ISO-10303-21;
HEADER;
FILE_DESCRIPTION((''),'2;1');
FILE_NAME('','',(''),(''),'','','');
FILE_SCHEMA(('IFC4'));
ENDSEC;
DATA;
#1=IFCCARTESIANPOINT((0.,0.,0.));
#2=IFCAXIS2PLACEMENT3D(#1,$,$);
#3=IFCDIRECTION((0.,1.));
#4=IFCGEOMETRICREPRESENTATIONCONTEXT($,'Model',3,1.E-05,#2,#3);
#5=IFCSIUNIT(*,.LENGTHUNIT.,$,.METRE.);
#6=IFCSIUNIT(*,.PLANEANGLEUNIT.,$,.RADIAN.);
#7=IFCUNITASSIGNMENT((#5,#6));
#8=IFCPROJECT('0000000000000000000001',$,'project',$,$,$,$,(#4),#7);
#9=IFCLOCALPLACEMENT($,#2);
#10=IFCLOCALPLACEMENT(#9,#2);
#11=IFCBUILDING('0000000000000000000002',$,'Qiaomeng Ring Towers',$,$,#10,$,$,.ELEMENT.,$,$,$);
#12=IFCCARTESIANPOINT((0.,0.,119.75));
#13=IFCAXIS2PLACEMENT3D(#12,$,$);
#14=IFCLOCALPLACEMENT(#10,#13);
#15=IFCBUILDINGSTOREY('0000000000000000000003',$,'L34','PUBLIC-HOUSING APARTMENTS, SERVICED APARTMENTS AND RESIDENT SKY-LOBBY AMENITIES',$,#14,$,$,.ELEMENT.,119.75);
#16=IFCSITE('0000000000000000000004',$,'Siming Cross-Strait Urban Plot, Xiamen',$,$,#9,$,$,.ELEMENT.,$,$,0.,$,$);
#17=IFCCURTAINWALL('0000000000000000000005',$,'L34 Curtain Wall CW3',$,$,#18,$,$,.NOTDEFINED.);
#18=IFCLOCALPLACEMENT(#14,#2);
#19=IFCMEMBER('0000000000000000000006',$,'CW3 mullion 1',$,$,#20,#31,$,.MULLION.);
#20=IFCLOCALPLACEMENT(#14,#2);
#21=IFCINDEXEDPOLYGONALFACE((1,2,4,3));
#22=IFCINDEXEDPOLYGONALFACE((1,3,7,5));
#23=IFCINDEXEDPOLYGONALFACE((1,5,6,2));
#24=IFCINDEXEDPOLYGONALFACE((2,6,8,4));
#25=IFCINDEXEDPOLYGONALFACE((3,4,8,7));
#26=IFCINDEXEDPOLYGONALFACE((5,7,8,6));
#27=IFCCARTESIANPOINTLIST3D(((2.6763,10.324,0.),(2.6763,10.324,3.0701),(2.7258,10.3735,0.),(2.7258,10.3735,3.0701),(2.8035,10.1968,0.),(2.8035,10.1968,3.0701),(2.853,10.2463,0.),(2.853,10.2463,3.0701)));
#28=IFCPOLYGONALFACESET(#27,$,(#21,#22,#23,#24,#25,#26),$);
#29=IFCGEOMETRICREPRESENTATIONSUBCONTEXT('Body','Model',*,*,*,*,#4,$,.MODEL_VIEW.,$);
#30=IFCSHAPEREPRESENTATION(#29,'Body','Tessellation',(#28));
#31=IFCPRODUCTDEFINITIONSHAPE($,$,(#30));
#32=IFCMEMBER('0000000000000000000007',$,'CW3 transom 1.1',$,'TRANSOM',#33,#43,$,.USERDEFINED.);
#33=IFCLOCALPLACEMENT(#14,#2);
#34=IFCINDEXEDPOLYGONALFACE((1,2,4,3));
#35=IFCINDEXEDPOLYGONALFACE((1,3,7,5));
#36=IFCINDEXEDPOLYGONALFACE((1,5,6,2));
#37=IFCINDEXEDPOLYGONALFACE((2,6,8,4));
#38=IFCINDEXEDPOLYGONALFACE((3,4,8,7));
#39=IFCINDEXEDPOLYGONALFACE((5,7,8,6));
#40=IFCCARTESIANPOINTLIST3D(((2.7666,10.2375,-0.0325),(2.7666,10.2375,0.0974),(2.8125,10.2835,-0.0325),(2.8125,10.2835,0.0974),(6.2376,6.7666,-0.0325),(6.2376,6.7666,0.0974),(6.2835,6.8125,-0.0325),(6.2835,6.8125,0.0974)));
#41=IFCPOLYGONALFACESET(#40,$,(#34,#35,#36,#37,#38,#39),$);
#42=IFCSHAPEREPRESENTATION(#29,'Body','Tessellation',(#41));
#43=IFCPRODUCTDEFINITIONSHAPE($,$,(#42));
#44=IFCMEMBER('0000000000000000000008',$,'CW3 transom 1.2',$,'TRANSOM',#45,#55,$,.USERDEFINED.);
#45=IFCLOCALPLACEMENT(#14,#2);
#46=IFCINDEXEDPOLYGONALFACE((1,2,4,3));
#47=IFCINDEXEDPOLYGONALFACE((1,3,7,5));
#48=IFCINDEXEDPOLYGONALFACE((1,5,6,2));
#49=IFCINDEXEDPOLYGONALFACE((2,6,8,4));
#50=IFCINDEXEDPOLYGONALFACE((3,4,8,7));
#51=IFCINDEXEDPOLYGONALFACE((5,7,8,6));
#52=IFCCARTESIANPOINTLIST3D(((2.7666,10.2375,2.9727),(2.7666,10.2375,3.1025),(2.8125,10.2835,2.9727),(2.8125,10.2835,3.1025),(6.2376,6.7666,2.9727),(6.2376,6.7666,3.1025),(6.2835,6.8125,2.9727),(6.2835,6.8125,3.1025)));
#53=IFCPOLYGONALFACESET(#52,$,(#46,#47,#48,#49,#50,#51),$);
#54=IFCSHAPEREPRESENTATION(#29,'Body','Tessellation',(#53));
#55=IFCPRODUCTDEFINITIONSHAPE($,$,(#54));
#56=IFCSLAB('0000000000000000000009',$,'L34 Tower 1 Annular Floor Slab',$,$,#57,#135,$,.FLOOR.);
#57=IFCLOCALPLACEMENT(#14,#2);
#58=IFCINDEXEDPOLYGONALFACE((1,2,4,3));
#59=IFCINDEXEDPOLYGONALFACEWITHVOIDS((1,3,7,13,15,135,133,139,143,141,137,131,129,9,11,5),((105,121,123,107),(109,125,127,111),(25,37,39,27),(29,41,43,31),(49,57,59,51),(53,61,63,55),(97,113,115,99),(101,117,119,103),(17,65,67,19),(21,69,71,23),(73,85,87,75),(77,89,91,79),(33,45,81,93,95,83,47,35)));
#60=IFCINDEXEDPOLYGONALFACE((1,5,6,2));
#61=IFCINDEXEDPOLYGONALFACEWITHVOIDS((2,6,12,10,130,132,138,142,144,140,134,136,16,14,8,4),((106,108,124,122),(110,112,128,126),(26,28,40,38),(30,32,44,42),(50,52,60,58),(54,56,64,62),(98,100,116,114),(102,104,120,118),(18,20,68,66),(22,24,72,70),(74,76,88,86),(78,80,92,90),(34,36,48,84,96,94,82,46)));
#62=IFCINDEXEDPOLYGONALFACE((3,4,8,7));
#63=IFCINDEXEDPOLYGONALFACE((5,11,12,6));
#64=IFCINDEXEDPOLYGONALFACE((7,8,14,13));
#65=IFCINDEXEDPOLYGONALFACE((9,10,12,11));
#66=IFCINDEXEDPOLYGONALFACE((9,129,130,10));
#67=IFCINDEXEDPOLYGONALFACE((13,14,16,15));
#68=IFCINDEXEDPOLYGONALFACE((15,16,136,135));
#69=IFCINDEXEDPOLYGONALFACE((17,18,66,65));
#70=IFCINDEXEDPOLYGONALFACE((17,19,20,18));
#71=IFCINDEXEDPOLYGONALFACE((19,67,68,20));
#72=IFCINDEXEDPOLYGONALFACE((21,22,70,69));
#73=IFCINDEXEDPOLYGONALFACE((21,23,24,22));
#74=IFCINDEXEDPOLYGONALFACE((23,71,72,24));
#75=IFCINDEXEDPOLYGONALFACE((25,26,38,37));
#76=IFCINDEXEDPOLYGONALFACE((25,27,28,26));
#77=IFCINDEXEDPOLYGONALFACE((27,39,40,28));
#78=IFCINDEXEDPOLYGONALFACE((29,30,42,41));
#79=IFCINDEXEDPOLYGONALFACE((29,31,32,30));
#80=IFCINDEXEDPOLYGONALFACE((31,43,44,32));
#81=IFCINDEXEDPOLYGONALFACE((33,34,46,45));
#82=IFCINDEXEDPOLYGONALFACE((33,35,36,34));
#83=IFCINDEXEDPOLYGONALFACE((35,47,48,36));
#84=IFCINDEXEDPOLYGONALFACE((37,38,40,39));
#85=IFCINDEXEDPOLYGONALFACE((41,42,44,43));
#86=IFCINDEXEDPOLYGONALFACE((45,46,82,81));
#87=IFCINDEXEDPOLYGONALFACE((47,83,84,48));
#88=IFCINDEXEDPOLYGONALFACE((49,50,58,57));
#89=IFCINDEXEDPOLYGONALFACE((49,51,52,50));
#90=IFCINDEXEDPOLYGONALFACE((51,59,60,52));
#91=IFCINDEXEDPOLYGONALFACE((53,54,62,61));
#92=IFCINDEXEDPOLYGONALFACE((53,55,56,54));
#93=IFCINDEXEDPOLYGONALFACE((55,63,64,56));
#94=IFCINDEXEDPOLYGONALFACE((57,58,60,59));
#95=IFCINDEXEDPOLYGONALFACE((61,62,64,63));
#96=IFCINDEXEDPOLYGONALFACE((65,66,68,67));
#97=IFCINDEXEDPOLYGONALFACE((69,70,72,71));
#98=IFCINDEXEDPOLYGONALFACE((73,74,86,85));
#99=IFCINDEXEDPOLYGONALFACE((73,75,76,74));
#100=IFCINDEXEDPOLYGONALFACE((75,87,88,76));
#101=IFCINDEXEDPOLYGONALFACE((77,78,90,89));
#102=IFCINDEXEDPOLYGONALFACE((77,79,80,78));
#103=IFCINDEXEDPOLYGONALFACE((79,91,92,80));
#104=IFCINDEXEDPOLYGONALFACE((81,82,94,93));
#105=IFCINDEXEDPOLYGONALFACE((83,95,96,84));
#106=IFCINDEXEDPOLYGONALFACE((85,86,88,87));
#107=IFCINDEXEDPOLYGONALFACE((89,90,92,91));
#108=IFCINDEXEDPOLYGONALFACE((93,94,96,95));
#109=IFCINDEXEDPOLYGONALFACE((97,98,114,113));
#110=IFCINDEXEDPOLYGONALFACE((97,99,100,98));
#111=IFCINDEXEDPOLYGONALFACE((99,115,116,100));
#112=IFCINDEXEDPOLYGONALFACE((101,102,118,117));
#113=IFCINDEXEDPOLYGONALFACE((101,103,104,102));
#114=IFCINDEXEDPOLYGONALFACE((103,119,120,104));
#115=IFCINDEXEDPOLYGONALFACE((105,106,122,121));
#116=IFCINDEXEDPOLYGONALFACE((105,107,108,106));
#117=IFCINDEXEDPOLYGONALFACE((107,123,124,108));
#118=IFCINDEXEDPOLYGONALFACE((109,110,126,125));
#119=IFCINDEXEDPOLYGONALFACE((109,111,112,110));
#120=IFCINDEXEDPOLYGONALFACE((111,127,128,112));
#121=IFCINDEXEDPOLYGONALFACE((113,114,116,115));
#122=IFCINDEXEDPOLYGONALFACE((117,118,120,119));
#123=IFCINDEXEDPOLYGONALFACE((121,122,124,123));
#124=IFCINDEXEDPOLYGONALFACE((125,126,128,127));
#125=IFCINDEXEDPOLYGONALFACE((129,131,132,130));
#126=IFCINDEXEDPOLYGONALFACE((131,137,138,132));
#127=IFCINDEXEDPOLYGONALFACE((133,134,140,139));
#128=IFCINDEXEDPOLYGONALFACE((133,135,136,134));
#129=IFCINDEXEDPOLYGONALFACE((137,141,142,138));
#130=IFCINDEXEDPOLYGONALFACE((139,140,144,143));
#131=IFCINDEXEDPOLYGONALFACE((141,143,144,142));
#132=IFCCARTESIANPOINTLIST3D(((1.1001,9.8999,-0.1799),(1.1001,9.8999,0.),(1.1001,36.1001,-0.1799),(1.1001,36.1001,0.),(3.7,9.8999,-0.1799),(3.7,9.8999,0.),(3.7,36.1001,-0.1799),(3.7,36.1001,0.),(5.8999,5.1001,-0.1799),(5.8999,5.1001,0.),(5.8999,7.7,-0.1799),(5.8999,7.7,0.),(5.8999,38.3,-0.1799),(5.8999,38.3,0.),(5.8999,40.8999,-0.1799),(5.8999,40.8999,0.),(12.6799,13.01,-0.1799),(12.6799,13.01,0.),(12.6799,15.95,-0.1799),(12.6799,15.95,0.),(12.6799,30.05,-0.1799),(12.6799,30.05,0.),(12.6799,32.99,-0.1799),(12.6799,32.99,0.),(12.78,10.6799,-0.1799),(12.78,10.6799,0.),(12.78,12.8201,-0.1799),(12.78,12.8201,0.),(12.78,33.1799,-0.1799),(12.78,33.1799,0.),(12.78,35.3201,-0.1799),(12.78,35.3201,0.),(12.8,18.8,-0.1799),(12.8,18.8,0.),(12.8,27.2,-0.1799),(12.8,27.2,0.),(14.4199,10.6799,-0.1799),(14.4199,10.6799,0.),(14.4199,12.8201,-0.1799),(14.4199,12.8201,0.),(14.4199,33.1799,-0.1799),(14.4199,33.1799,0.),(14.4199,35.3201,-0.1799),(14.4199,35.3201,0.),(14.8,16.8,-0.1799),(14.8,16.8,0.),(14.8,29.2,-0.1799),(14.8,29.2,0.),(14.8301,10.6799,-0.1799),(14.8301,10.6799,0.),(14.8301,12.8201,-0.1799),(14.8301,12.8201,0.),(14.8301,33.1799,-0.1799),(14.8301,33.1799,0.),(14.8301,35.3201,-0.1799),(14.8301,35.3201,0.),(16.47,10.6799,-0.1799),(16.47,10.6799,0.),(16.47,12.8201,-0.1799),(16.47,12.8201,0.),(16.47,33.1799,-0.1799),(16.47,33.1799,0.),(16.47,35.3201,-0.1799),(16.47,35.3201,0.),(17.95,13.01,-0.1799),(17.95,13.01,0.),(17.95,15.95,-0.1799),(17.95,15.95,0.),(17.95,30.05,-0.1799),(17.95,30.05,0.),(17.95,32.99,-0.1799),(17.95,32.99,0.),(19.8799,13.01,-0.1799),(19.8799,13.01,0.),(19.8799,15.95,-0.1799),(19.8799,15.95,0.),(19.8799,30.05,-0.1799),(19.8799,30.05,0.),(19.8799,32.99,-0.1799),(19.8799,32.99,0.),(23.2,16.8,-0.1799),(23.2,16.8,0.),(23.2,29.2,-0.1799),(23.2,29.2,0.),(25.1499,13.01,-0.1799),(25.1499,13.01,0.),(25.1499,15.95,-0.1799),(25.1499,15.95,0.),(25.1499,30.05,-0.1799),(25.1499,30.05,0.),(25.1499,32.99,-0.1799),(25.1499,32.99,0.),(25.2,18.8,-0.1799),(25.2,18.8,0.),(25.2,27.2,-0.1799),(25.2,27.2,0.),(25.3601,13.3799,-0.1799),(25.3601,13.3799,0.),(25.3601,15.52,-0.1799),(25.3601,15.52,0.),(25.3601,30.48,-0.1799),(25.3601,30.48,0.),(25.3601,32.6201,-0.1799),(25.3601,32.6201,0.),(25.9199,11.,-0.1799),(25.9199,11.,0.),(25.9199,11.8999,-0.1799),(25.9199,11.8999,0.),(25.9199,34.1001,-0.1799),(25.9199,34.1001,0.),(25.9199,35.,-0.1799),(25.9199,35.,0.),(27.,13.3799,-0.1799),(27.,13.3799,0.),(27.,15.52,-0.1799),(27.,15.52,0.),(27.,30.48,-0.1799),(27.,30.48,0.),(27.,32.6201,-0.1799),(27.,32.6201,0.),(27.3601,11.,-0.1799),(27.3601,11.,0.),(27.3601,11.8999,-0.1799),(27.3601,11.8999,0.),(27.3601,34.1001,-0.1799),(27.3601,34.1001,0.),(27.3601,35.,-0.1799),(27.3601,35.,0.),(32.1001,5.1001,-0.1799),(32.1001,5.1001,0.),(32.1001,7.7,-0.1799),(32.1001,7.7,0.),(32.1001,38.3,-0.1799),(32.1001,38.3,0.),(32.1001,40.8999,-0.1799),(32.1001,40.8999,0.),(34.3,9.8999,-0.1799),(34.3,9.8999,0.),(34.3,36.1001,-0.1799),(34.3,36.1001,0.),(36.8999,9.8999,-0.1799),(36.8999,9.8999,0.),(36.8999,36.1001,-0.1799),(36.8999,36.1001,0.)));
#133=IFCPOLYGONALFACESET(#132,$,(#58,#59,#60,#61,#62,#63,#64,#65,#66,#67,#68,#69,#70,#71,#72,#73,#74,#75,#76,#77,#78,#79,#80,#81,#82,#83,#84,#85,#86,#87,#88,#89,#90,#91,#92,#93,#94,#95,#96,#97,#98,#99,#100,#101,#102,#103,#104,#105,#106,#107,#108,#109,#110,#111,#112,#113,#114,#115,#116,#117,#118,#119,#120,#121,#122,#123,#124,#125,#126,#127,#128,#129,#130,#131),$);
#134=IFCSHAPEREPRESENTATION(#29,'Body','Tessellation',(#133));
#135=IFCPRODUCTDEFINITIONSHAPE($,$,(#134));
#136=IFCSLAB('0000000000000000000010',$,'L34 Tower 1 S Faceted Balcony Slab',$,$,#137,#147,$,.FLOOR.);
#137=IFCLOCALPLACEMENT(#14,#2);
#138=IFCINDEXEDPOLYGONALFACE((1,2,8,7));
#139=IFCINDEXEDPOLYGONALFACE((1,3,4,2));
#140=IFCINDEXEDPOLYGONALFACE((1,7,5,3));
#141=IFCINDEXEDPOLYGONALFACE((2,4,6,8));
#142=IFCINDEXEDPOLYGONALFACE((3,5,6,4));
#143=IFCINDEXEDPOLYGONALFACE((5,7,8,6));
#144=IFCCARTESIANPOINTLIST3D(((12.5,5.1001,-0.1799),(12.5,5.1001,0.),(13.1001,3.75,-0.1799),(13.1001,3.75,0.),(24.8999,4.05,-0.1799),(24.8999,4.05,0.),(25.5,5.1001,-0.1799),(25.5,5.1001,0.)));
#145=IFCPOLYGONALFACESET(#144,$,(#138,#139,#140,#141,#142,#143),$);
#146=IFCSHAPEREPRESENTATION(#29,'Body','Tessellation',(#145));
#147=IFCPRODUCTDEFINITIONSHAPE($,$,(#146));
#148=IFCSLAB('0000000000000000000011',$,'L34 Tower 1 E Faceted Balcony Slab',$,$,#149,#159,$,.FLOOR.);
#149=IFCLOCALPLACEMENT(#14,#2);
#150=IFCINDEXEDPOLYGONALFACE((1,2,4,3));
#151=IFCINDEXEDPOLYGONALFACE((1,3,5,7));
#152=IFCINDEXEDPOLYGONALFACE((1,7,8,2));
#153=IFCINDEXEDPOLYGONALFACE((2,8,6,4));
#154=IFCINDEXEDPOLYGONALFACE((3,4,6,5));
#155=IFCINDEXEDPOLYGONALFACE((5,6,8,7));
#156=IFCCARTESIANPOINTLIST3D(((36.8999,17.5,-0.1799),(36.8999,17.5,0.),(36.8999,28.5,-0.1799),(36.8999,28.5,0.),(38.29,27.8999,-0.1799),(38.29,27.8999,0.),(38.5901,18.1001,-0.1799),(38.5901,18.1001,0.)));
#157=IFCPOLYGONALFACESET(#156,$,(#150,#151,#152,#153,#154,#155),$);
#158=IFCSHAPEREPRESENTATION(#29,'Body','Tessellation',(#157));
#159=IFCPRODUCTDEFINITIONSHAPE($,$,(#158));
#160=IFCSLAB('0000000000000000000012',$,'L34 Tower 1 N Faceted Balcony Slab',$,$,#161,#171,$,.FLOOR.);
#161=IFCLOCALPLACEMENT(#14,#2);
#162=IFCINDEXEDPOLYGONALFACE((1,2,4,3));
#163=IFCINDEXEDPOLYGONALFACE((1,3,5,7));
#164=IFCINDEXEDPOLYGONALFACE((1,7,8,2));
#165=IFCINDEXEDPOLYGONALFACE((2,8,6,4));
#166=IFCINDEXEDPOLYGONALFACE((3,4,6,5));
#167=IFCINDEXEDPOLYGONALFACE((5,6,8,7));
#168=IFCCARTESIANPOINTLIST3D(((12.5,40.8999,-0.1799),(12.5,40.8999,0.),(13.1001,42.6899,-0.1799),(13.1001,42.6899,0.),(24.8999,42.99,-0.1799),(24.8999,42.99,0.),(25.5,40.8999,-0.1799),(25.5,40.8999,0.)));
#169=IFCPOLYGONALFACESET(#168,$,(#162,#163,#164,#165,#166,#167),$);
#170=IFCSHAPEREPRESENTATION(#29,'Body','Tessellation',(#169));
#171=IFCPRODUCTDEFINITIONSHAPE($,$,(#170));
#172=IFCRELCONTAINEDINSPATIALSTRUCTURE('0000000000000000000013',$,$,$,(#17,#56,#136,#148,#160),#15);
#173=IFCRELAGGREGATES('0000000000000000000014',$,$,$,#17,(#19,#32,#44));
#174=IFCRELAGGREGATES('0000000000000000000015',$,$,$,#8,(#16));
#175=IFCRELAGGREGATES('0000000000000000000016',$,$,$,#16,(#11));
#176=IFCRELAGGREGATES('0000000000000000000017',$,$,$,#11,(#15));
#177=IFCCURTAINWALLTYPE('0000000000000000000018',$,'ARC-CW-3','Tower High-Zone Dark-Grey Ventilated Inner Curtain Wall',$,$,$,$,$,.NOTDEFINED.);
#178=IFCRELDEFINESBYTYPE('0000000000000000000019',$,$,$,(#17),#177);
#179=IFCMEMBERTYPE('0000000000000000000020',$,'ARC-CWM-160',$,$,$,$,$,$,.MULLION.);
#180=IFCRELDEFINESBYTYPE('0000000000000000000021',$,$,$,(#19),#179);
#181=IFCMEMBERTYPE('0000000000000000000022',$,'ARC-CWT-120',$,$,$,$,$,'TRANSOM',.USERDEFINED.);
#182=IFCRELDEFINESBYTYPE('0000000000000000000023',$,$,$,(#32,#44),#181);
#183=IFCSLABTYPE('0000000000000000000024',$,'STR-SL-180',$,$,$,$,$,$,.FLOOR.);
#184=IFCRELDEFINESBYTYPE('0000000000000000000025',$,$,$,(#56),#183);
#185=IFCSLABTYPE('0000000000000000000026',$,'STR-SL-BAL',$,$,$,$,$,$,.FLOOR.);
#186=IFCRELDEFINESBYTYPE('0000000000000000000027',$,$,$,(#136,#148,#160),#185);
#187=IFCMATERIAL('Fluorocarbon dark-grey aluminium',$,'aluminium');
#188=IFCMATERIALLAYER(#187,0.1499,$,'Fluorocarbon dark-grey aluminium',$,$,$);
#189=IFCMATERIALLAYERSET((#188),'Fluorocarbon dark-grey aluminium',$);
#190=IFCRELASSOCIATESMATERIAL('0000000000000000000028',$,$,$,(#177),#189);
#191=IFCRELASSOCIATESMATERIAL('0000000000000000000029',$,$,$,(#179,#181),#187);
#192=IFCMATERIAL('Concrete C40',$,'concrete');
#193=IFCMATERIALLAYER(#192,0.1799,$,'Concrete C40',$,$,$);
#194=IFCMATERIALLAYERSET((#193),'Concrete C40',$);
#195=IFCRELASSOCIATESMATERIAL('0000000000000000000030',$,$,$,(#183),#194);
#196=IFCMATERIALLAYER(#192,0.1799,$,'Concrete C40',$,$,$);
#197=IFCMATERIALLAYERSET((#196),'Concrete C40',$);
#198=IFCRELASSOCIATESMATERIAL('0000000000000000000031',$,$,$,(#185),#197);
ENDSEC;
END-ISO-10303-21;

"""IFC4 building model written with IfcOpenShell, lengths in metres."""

from ifc_helpers import new_model, si_unit, direction, frame, origin, origin_2d, place, context, subcontext, project, spatial, polyline, rectangle, outline, extrude, source, transform, mapped, material, layer, layer_set, material_profile, profile_set, type_object, element, aggregate, save


model = new_model("IFC4")

# Units and contexts
model_context = context("Model", 3, precision=1e-05, world=origin(), true_north=direction((0.0, 1.0)))
body_context = subcontext(model_context, "Body", "Model", "MODEL_VIEW")
ifc_project = project(units=[si_unit("LENGTHUNIT", "METRE"), si_unit("PLANEANGLEUNIT", "RADIAN")], contexts=[model_context])

# Site, building, storey
site_placement = place(None, origin())
site = spatial("IfcSite", under=ifc_project, at=site_placement, Name="Siming Cross-Strait Urban Plot, Xiamen", CompositionType="ELEMENT", RefElevation=0.0)
building_placement = place(site_placement, origin())
building = spatial("IfcBuilding", under=site, at=building_placement, Name="Qiaomeng Ring Towers", CompositionType="ELEMENT")
storey_placement = place(building_placement, frame((0.0, 0.0, 119.75)))
storey = spatial("IfcBuildingStorey", under=building, at=storey_placement, Name="L34", Description="PUBLIC-HOUSING APARTMENTS, SERVICED APARTMENTS AND RESIDENT SKY-LOBBY AMENITIES", CompositionType="ELEMENT", Elevation=119.75)

# Curtain wall, members
ifc_material_1 = material(Name="Fluorocarbon dark-grey aluminium", Category="aluminium")
ifc_layer_1 = layer(ifc_material_1, 0.1499, Name="Fluorocarbon dark-grey aluminium")
ifc_layer_set_1 = layer_set([ifc_layer_1], Name="Fluorocarbon dark-grey aluminium")
curtain_wall_type = type_object("IfcCurtainWallType", Name="ARC-CW-3", Description="Tower High-Zone Dark-Grey Ventilated Inner Curtain Wall", PredefinedType="NOTDEFINED", material=ifc_layer_set_1)
curtain_wall_placement = place(storey_placement, origin())
curtain_wall = element("IfcCurtainWall", 1, at=curtain_wall_placement, inside=storey, type_object=curtain_wall_type, Name="L34 Curtain Wall CW3", PredefinedType="NOTDEFINED")
ifc_material_profile_1 = material_profile(ifc_material_1, rectangle(XDim=0.0701, YDim=0.1799, at=origin_2d()), Name="ALU MULL 70x180")
ifc_profile_set_1 = profile_set([ifc_material_profile_1], Name="Fluorocarbon dark-grey aluminium")
member_type_1 = type_object("IfcMemberType", Name="ARC-CWM-160", PredefinedType="MULLION", material=ifc_profile_set_1)
shared_shape_1 = source(origin(), body_context, "Body", "SweptSolid", [
    extrude(rectangle(XDim=0.0701, YDim=0.1799, at=origin_2d()), origin(), (0.0, 0.0, 1.0), 3.0701),
])
member_1_placement = place(storey_placement, frame((2.7646, 10.2852, 0.0), z_axis=(0.0, 0.0, 1.0), x_axis=(0.707107, 0.707107, 0.0)))
member_1 = element("IfcMember", 2, at=member_1_placement, type_object=member_type_1, Name="CW3 mullion 1", PredefinedType="MULLION", context=body_context, shape_type="MappedRepresentation", body=[
    mapped(shared_shape_1, transform((0.0, 0.0, 0.0), x_axis=(1.0, 0.0, 0.0), y_axis=(0.0, 1.0, 0.0), z_axis=(0.0, 0.0, 1.0), scale=1.0)),
])
ifc_material_profile_2 = material_profile(ifc_material_1, rectangle(XDim=0.0649, YDim=0.1299, at=origin_2d()), Name="ALU TRAN 65x130")
ifc_profile_set_2 = profile_set([ifc_material_profile_2], Name="Fluorocarbon dark-grey aluminium")
member_type_2 = type_object("IfcMemberType", Name="ARC-CWT-120", ElementType="TRANSOM", PredefinedType="USERDEFINED", material=ifc_profile_set_2)
shared_shape_2 = source(origin(), body_context, "Body", "SweptSolid", [
    extrude(rectangle(XDim=0.0649, YDim=0.1299, at=origin_2d()), origin(), (0.0, 0.0, 1.0), 4.9087),
])
member_2_placement = place(storey_placement, frame((2.7896, 10.2605, 0.0325), z_axis=(0.707107, -0.707107, 0.0), x_axis=(0.707107, 0.707107, 0.0)))
member_2 = element("IfcMember", 3, at=member_2_placement, type_object=member_type_2, Name="CW3 transom 1.1", ObjectType="TRANSOM", PredefinedType="USERDEFINED", context=body_context, shape_type="MappedRepresentation", body=[
    mapped(shared_shape_2, transform((0.0, 0.0, 0.0), x_axis=(1.0, 0.0, 0.0), y_axis=(0.0, 1.0, 0.0), z_axis=(0.0, 0.0, 1.0), scale=1.0)),
])
member_3_placement = place(storey_placement, frame((2.7896, 10.2605, 3.0376), z_axis=(0.707107, -0.707107, 0.0), x_axis=(0.707107, 0.707107, 0.0)))
member_3 = element("IfcMember", 4, at=member_3_placement, type_object=member_type_2, Name="CW3 transom 1.2", ObjectType="TRANSOM", PredefinedType="USERDEFINED", context=body_context, shape_type="MappedRepresentation", body=[
    mapped(shared_shape_2, transform((0.0, 0.0, 0.0), x_axis=(1.0, 0.0, 0.0), y_axis=(0.0, 1.0, 0.0), z_axis=(0.0, 0.0, 1.0), scale=1.0)),
])
aggregate(curtain_wall, [member_1, member_2, member_3])

# Slabs
ifc_material_2 = material(Name="Concrete C40", Category="concrete")
ifc_layer_2 = layer(ifc_material_2, 0.1799, Name="Concrete C40")
ifc_layer_set_2 = layer_set([ifc_layer_2], Name="Concrete C40")
slab_type_1 = type_object("IfcSlabType", Name="STR-SL-180", PredefinedType="FLOOR", material=ifc_layer_set_2)
slab_1_placement = place(storey_placement, frame((0.0, 0.0, -0.1799)))
element("IfcSlab", 5, at=slab_1_placement, inside=storey, type_object=slab_type_1, Name="L34 Tower 1 Annular Floor Slab", PredefinedType="FLOOR", context=body_context, shape_type="SweptSolid", body=[
    extrude(outline(polyline([(5.8999, 5.1001), (32.1001, 5.1001), (32.1001, 7.7), (34.3, 9.8999), (36.8999, 9.8999), (36.8999, 36.1001), (34.3, 36.1001), (32.1001, 38.3), (32.1001, 40.8999), (5.8999, 40.8999), (5.8999, 38.3), (3.7, 36.1001), (1.1001, 36.1001), (1.1001, 9.8999), (3.7, 9.8999), (5.8999, 7.7), (5.8999, 5.1001)]), holes=[polyline([(12.78, 10.6799), (12.78, 12.8201), (14.4199, 12.8201), (14.4199, 10.6799), (12.78, 10.6799)]), polyline([(14.8301, 12.8201), (16.47, 12.8201), (16.47, 10.6799), (14.8301, 10.6799), (14.8301, 12.8201)]), polyline([(12.6799, 15.95), (17.95, 15.95), (17.95, 13.01), (12.6799, 13.01), (12.6799, 15.95)]), polyline([(23.2, 29.2), (25.2, 27.2), (25.2, 18.8), (23.2, 16.8), (14.8, 16.8), (12.8, 18.8), (12.8, 27.2), (14.8, 29.2), (23.2, 29.2)]), polyline([(12.6799, 32.99), (17.95, 32.99), (17.95, 30.05), (12.6799, 30.05), (12.6799, 32.99)]), polyline([(12.78, 35.3201), (14.4199, 35.3201), (14.4199, 33.1799), (12.78, 33.1799), (12.78, 35.3201)]), polyline([(14.8301, 33.1799), (14.8301, 35.3201), (16.47, 35.3201), (16.47, 33.1799), (14.8301, 33.1799)]), polyline([(25.9199, 11.8999), (27.3601, 11.8999), (27.3601, 11.0), (25.9199, 11.0), (25.9199, 11.8999)]), polyline([(25.3601, 15.52), (27.0, 15.52), (27.0, 13.3799), (25.3601, 13.3799), (25.3601, 15.52)]), polyline([(19.8799, 15.95), (25.1499, 15.95), (25.1499, 13.01), (19.8799, 13.01), (19.8799, 15.95)]), polyline([(19.8799, 32.99), (25.1499, 32.99), (25.1499, 30.05), (19.8799, 30.05), (19.8799, 32.99)]), polyline([(25.3601, 32.6201), (27.0, 32.6201), (27.0, 30.48), (25.3601, 30.48), (25.3601, 32.6201)]), polyline([(25.9199, 35.0), (27.3601, 35.0), (27.3601, 34.1001), (25.9199, 34.1001), (25.9199, 35.0)])]), origin(), (0.0, 0.0, 1.0), 0.1799),
])
ifc_layer_3 = layer(ifc_material_2, 0.1799, Name="Concrete C40")
ifc_layer_set_3 = layer_set([ifc_layer_3], Name="Concrete C40")
slab_type_2 = type_object("IfcSlabType", Name="STR-SL-BAL", PredefinedType="FLOOR", material=ifc_layer_set_3)
slab_2_placement = place(storey_placement, frame((0.0, 0.0, -0.1799)))
element("IfcSlab", 6, at=slab_2_placement, inside=storey, type_object=slab_type_2, Name="L34 Tower 1 S Faceted Balcony Slab", PredefinedType="FLOOR", context=body_context, shape_type="SweptSolid", body=[
    extrude(outline(polyline([(24.8999, 4.05), (13.1001, 3.75), (12.5, 5.1001), (25.5, 5.1001), (24.8999, 4.05)])), origin(), (0.0, 0.0, 1.0), 0.1799),
])
slab_3_placement = place(storey_placement, frame((0.0, 0.0, -0.1799)))
element("IfcSlab", 7, at=slab_3_placement, inside=storey, type_object=slab_type_2, Name="L34 Tower 1 E Faceted Balcony Slab", PredefinedType="FLOOR", context=body_context, shape_type="SweptSolid", body=[
    extrude(outline(polyline([(38.29, 27.8999), (38.5901, 18.1001), (36.8999, 17.5), (36.8999, 28.5), (38.29, 27.8999)])), origin(), (0.0, 0.0, 1.0), 0.1799),
])
slab_4_placement = place(storey_placement, frame((0.0, 0.0, -0.1799)))
element("IfcSlab", 8, at=slab_4_placement, inside=storey, type_object=slab_type_2, Name="L34 Tower 1 N Faceted Balcony Slab", PredefinedType="FLOOR", context=body_context, shape_type="SweptSolid", body=[
    extrude(outline(polyline([(12.5, 40.8999), (13.1001, 42.6899), (24.8999, 42.99), (25.5, 40.8999), (12.5, 40.8999)])), origin(), (0.0, 0.0, 1.0), 0.1799),
])

save(model, "model.ifc")
